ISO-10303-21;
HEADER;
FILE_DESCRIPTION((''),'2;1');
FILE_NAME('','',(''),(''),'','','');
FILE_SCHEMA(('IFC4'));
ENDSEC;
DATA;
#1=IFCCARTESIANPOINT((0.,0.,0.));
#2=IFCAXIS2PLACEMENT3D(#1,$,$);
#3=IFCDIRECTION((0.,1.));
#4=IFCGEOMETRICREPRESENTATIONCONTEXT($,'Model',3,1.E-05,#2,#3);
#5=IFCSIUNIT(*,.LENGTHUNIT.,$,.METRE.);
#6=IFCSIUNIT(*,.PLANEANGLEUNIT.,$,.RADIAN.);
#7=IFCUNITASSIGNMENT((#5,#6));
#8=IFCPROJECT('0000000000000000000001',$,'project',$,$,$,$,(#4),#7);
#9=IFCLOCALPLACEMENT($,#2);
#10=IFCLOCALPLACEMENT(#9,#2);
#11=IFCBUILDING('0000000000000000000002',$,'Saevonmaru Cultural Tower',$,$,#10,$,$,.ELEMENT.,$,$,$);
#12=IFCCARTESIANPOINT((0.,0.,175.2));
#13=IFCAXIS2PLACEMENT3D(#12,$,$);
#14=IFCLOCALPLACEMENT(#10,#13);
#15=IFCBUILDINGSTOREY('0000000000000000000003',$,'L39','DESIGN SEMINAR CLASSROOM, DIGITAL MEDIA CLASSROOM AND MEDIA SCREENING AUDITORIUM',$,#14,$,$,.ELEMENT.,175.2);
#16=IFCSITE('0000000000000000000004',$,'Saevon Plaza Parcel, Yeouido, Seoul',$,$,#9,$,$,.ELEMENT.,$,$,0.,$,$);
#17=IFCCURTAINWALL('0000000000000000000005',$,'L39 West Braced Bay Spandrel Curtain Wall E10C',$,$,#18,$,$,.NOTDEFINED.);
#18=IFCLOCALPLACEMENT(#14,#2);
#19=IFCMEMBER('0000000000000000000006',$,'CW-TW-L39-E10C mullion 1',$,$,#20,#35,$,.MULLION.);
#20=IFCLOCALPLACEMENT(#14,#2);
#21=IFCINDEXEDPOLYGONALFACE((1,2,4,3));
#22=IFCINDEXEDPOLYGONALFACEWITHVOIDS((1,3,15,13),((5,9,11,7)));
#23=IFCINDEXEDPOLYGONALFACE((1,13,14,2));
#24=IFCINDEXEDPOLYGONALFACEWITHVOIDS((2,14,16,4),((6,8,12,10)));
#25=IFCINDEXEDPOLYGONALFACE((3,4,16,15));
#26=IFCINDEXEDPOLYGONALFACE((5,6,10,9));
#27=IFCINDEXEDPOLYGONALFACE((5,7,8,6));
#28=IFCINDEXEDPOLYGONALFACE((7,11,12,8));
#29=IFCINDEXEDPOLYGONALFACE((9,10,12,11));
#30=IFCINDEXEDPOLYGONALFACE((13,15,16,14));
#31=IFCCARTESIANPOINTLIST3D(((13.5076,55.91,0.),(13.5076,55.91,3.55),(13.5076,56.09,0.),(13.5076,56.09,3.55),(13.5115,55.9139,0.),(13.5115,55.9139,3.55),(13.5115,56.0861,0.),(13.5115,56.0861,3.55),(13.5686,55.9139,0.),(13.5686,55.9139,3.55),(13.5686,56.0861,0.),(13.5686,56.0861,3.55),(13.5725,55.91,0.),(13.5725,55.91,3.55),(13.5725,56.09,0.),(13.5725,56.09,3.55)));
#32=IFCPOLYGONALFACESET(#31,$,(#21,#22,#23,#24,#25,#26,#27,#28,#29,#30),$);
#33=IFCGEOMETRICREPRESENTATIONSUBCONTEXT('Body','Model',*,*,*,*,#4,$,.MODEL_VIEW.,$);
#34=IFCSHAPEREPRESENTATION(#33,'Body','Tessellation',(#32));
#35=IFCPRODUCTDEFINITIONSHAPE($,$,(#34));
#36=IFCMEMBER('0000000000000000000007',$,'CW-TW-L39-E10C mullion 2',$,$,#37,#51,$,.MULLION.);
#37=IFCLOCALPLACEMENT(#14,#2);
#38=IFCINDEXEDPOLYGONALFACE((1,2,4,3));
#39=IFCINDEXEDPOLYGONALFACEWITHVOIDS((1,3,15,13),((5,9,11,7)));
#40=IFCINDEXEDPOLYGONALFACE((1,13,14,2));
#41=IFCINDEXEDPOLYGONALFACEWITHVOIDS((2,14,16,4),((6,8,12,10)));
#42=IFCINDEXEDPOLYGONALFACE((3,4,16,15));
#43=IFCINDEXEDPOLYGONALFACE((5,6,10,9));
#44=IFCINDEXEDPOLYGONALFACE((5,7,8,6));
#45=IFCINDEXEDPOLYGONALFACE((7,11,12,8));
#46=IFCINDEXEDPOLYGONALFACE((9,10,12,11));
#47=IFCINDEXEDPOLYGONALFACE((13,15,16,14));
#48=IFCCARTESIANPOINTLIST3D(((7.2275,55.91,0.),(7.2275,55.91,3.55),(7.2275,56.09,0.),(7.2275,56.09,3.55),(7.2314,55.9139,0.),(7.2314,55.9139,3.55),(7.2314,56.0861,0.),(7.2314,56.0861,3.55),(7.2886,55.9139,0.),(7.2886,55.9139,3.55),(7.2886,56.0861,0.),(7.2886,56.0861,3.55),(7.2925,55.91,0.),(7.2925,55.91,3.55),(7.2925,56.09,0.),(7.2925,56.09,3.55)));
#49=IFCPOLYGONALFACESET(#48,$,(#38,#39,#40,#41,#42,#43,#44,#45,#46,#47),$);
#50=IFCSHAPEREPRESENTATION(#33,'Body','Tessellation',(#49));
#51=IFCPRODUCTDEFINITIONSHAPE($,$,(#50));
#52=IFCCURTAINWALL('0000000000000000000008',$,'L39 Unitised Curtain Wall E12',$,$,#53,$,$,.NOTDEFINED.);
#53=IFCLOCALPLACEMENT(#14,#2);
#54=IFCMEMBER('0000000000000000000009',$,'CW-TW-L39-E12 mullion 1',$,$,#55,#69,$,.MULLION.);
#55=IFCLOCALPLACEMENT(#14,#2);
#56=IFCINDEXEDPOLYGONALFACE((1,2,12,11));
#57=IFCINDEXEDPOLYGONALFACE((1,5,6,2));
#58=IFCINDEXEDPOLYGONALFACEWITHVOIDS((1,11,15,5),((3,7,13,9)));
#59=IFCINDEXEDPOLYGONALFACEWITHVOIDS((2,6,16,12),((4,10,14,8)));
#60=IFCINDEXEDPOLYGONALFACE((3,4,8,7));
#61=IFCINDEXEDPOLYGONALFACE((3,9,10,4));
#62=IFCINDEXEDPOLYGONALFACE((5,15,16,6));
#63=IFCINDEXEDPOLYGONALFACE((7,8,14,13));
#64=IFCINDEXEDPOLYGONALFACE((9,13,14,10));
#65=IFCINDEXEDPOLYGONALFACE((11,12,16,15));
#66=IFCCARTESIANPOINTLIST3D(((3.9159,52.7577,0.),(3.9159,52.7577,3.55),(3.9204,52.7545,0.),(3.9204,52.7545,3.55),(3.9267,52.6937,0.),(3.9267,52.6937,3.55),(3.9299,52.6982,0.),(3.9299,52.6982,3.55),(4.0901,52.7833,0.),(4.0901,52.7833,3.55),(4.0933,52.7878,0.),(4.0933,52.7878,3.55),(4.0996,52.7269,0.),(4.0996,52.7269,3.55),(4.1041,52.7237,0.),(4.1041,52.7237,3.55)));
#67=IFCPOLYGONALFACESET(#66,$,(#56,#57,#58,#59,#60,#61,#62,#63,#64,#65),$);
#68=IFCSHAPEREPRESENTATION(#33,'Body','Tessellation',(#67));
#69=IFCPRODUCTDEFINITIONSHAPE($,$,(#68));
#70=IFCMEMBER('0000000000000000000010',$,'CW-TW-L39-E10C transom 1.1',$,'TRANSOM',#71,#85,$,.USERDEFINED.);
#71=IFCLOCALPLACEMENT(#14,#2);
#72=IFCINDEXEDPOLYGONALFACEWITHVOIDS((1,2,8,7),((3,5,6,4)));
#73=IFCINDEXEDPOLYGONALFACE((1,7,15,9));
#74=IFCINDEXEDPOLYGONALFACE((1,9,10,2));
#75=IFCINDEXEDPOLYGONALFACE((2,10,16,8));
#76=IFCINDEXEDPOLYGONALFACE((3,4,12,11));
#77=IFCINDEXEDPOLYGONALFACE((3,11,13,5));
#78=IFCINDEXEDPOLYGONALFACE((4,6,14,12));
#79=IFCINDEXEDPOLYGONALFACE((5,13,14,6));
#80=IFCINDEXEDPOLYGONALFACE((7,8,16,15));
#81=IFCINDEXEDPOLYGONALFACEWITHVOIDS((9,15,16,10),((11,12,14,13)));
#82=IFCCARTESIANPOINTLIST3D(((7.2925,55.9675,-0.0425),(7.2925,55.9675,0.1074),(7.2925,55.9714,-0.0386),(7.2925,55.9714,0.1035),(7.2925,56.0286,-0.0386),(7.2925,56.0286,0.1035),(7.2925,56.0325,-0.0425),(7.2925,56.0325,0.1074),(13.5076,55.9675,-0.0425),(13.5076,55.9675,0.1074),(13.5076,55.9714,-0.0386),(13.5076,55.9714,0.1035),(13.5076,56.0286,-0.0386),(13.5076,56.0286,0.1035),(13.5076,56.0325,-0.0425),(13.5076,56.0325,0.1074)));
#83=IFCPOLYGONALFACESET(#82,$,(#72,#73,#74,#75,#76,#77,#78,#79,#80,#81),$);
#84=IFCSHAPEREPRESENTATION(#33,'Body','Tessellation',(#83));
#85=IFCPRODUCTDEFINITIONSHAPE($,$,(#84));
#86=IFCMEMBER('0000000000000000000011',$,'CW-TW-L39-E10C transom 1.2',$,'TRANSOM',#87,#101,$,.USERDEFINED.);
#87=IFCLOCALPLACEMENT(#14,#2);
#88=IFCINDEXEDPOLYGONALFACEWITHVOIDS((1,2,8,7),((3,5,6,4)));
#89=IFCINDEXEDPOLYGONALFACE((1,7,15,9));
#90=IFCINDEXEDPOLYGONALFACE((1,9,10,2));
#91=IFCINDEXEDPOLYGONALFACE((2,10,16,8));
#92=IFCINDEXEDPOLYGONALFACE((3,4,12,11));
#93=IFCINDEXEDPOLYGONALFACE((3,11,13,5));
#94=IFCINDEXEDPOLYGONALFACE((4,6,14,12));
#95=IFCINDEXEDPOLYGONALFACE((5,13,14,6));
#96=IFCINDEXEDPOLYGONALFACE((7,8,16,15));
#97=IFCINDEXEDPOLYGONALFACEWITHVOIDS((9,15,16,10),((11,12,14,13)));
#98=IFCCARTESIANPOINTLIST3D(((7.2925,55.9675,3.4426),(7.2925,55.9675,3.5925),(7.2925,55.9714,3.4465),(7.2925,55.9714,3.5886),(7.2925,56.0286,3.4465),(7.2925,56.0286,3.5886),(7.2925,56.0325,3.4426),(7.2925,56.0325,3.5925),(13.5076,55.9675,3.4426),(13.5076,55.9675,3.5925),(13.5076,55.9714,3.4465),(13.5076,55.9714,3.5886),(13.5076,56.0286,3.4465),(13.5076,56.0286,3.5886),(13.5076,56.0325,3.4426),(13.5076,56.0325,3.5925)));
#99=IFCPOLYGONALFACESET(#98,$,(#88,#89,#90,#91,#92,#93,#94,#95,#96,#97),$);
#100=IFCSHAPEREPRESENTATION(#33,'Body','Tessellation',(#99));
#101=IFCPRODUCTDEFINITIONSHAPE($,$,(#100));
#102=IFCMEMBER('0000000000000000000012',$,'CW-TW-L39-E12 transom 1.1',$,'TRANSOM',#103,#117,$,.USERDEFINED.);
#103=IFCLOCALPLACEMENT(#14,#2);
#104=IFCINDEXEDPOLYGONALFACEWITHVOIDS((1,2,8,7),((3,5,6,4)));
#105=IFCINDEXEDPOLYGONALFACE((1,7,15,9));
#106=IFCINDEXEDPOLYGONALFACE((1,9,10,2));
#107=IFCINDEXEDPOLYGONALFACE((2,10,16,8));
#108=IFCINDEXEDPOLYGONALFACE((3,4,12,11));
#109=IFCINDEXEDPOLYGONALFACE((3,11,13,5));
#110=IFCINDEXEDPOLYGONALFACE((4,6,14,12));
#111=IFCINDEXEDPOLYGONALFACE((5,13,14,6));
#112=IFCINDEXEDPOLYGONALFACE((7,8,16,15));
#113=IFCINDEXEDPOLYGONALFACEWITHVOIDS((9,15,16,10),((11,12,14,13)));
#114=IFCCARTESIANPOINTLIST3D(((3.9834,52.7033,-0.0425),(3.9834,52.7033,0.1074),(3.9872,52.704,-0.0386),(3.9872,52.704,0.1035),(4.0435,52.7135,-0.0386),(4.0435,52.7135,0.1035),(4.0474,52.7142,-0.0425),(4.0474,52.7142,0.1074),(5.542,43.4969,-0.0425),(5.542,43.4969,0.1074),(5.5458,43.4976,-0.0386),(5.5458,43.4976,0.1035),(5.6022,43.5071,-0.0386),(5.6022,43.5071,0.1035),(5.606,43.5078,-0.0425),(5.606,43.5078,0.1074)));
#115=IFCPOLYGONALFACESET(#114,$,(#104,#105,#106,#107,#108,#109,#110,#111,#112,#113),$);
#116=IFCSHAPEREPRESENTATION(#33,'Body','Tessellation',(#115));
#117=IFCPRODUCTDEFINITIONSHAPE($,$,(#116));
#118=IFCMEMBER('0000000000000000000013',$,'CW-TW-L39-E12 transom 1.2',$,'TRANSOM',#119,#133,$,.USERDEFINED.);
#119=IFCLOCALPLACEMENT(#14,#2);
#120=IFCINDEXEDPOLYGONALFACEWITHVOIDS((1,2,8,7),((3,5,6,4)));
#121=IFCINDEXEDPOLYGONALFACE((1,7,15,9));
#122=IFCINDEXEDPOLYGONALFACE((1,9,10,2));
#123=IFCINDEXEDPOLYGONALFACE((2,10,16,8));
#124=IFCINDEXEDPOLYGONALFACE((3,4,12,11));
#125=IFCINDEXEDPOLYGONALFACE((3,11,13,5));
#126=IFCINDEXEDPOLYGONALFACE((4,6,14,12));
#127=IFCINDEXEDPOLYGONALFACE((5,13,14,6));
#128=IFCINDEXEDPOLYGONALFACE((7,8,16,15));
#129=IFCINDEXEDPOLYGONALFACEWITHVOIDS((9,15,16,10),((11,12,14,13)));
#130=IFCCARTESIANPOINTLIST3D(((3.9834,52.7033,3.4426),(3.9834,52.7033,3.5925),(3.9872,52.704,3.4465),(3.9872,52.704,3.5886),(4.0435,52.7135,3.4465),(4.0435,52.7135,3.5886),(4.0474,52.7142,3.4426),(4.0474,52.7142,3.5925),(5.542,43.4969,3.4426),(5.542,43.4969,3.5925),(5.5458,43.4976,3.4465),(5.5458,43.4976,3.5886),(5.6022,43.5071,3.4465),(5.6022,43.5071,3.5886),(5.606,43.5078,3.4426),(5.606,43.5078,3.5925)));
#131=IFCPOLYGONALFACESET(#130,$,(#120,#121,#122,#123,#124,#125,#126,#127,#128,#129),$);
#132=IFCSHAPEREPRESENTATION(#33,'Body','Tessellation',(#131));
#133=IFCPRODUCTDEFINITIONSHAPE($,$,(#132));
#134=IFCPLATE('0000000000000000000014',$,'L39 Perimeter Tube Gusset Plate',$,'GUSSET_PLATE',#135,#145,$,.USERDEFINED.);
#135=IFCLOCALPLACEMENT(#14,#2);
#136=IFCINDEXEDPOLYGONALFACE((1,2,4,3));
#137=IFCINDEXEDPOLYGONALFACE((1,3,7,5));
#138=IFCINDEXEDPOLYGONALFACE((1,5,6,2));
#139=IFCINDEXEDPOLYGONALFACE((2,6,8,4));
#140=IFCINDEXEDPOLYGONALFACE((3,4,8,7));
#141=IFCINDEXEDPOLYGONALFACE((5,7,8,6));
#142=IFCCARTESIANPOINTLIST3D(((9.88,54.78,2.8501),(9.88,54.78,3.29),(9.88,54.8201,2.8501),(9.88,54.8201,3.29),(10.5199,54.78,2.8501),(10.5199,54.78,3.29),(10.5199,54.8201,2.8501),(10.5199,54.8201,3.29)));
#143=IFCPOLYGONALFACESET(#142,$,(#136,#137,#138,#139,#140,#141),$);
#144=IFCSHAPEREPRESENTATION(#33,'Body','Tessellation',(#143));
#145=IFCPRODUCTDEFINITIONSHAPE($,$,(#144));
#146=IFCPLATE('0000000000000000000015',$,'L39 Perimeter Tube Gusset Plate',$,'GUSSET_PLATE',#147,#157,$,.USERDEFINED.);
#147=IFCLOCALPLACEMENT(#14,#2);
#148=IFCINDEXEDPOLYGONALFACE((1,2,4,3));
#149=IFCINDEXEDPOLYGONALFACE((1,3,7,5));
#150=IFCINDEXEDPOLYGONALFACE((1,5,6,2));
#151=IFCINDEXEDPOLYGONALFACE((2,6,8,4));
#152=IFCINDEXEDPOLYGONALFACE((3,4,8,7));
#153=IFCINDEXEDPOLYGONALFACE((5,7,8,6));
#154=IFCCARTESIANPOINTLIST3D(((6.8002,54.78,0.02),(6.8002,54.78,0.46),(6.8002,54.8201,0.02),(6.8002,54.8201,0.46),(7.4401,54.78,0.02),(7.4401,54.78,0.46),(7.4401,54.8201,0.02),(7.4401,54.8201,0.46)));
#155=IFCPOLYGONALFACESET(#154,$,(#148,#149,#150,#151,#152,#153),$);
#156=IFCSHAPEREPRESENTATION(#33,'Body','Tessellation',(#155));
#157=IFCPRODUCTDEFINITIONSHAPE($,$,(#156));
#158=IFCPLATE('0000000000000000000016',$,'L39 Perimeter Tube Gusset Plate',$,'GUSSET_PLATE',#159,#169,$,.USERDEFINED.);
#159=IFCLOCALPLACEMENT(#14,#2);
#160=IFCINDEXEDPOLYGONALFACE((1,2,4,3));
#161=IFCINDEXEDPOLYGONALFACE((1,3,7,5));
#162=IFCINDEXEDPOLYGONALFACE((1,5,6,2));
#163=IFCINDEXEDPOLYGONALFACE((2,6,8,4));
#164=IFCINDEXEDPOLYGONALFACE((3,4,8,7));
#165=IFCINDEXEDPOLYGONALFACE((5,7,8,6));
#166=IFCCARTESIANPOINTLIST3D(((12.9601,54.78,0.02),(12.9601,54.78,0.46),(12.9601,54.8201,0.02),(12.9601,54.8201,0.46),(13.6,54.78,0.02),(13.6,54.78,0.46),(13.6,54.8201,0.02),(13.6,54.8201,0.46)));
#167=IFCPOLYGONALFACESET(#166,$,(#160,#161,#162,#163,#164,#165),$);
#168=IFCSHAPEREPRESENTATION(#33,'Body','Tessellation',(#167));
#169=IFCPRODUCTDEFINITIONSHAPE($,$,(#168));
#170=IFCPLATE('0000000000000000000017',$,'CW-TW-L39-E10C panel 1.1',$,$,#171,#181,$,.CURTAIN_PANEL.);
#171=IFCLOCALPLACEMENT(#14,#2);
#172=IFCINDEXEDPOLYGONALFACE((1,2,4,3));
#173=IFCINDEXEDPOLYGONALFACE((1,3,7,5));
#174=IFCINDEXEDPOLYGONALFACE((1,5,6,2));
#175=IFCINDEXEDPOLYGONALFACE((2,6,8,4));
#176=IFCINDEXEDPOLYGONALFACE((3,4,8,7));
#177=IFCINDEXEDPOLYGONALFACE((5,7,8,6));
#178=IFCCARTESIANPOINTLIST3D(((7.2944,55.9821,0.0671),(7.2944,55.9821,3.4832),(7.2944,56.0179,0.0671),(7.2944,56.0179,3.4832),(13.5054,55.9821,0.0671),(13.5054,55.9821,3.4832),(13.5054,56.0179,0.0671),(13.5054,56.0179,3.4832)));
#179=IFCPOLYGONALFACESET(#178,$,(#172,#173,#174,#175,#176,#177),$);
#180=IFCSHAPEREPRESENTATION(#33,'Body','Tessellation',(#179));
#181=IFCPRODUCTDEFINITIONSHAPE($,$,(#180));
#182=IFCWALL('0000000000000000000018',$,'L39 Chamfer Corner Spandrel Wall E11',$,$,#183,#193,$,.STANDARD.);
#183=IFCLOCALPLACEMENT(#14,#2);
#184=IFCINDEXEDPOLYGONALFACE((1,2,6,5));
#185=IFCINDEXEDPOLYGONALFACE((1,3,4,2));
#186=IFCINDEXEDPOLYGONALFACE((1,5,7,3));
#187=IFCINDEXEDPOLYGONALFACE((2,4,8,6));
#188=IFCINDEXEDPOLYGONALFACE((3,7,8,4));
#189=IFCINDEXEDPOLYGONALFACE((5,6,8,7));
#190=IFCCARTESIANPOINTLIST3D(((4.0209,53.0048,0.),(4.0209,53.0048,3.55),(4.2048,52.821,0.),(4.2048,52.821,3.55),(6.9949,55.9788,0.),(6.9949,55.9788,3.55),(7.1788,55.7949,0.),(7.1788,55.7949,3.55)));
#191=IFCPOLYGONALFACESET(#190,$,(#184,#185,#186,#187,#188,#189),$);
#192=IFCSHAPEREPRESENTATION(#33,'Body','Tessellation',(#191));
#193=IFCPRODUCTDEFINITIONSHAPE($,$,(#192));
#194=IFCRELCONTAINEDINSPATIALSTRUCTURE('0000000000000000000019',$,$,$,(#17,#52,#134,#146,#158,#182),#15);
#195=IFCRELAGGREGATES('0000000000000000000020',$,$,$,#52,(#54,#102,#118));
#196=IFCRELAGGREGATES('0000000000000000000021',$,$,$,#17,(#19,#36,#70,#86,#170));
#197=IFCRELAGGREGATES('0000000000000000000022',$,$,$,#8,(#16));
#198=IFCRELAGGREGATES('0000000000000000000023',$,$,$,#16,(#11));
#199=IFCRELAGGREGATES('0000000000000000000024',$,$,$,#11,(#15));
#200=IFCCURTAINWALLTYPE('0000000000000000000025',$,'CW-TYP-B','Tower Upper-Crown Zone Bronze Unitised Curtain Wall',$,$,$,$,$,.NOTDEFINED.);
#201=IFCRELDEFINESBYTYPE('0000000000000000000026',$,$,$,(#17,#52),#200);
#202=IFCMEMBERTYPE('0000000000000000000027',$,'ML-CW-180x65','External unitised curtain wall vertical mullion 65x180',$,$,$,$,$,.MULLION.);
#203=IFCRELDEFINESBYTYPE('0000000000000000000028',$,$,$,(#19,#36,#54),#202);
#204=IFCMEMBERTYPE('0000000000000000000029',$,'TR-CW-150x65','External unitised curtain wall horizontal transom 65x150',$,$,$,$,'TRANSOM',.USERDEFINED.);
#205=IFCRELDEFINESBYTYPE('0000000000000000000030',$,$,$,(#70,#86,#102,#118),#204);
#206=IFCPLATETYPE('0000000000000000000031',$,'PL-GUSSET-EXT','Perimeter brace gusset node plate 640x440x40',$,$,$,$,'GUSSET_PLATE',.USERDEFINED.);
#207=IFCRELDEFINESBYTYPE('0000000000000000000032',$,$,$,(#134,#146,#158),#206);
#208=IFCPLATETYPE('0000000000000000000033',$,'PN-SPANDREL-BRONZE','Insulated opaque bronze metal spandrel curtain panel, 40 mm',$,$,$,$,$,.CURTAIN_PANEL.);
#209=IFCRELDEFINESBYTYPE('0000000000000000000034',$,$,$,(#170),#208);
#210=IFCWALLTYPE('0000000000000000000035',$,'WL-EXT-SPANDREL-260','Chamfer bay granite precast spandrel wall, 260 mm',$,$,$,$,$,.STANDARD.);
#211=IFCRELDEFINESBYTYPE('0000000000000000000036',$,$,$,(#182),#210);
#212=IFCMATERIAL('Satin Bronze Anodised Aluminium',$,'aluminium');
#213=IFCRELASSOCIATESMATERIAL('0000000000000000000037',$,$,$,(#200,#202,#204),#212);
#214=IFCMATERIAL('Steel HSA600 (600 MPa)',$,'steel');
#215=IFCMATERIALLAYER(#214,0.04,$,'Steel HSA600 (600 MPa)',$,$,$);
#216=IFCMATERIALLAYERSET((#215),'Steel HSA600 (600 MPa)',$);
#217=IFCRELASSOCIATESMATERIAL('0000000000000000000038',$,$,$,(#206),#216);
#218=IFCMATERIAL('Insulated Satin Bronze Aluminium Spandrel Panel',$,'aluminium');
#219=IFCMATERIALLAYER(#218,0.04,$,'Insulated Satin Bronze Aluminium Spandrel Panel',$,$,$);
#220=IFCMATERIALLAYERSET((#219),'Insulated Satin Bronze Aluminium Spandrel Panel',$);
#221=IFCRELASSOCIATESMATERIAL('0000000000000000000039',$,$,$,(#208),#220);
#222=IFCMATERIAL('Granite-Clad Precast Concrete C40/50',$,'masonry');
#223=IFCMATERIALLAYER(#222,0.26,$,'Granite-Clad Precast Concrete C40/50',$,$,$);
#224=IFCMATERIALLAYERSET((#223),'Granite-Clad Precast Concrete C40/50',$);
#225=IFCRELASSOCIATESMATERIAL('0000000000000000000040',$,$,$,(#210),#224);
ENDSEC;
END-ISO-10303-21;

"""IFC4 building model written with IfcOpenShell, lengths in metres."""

from ifc_helpers import new_model, si_unit, direction, frame, frame_2d, origin, origin_2d, place, context, subcontext, project, spatial, rectangle, hollow_rectangle, extrude, material, layer, layer_set, material_profile, profile_set, type_object, element, aggregate, save


model = new_model("IFC4")

# Units and contexts
model_context = context("Model", 3, precision=1e-05, world=origin(), true_north=direction((0.0, 1.0)))
body_context = subcontext(model_context, "Body", "Model", "MODEL_VIEW")
ifc_project = project(units=[si_unit("LENGTHUNIT", "METRE"), si_unit("PLANEANGLEUNIT", "RADIAN")], contexts=[model_context])

# Site, building, storey
site_placement = place(None, origin())
site = spatial("IfcSite", under=ifc_project, at=site_placement, Name="Saevon Plaza Parcel, Yeouido, Seoul", CompositionType="ELEMENT", RefElevation=0.0)
building_placement = place(site_placement, origin())
building = spatial("IfcBuilding", under=site, at=building_placement, Name="Saevonmaru Cultural Tower", CompositionType="ELEMENT")
storey_placement = place(building_placement, frame((0.0, 0.0, 175.2)))
storey = spatial("IfcBuildingStorey", under=building, at=storey_placement, Name="L39", Description="DESIGN SEMINAR CLASSROOM, DIGITAL MEDIA CLASSROOM AND MEDIA SCREENING AUDITORIUM", CompositionType="ELEMENT", Elevation=175.2)

# Curtain wall, members
ifc_material_1 = material(Name="Satin Bronze Anodised Aluminium", Category="aluminium")
curtain_wall_type = type_object("IfcCurtainWallType", Name="CW-TYP-B", Description="Tower Upper-Crown Zone Bronze Unitised Curtain Wall", PredefinedType="NOTDEFINED", material=ifc_material_1)
curtain_wall_1_placement = place(storey_placement, origin())
curtain_wall_1 = element("IfcCurtainWall", 1, at=curtain_wall_1_placement, inside=storey, type_object=curtain_wall_type, Name="L39 West Braced Bay Spandrel Curtain Wall E10C", PredefinedType="NOTDEFINED")
ifc_material_profile_1 = material_profile(ifc_material_1, hollow_rectangle(XDim=0.0649, YDim=0.1799, WallThickness=0.0039, at=origin_2d()), Name="ALU-MULL-180x65x4")
ifc_profile_set_1 = profile_set([ifc_material_profile_1], Name="Satin Bronze Anodised Aluminium")
member_type_1 = type_object("IfcMemberType", Name="ML-CW-180x65", Description="External unitised curtain wall vertical mullion 65x180", PredefinedType="MULLION", material=ifc_profile_set_1)
member_1_placement = place(storey_placement, frame((13.54, 56.0, 0.0), z_axis=(0.0, 0.0, 1.0), x_axis=(-1.0, 0.0, 0.0)))
member_1 = element("IfcMember", 2, at=member_1_placement, type_object=member_type_1, Name="CW-TW-L39-E10C mullion 1", PredefinedType="MULLION", context=body_context, shape_type="SweptSolid", body=[
    extrude(hollow_rectangle(XDim=0.0649, YDim=0.1799, WallThickness=0.0039, at=origin_2d()), origin(), (0.0, 0.0, 1.0), 3.55),
])
member_2_placement = place(storey_placement, frame((7.26, 56.0, 0.0), z_axis=(0.0, 0.0, 1.0), x_axis=(-1.0, 0.0, 0.0)))
member_2 = element("IfcMember", 3, at=member_2_placement, type_object=member_type_1, Name="CW-TW-L39-E10C mullion 2", PredefinedType="MULLION", context=body_context, shape_type="SweptSolid", body=[
    extrude(hollow_rectangle(XDim=0.0649, YDim=0.1799, WallThickness=0.0039, at=origin_2d()), origin(), (0.0, 0.0, 1.0), 3.55),
])

# Curtain wall, member
curtain_wall_2_placement = place(storey_placement, origin())
curtain_wall_2 = element("IfcCurtainWall", 4, at=curtain_wall_2_placement, inside=storey, type_object=curtain_wall_type, Name="L39 Unitised Curtain Wall E12", PredefinedType="NOTDEFINED")
member_3_placement = place(storey_placement, frame((4.01, 52.7407, 0.0), z_axis=(0.0, 0.0, 1.0), x_axis=(0.166922, -0.98597, 0.0)))
member_3 = element("IfcMember", 5, at=member_3_placement, type_object=member_type_1, Name="CW-TW-L39-E12 mullion 1", PredefinedType="MULLION", context=body_context, shape_type="SweptSolid", body=[
    extrude(hollow_rectangle(XDim=0.0649, YDim=0.1799, WallThickness=0.0039, at=origin_2d()), origin(), (0.0, 0.0, 1.0), 3.55),
])

# Members
ifc_material_profile_2 = material_profile(ifc_material_1, hollow_rectangle(XDim=0.0649, YDim=0.1499, WallThickness=0.0039, at=origin_2d()), Name="ALU-TRAN-150x65x4")
ifc_profile_set_2 = profile_set([ifc_material_profile_2], Name="Satin Bronze Anodised Aluminium")
member_type_2 = type_object("IfcMemberType", Name="TR-CW-150x65", Description="External unitised curtain wall horizontal transom 65x150", ElementType="TRANSOM", PredefinedType="USERDEFINED", material=ifc_profile_set_2)
member_4_placement = place(storey_placement, frame((13.5076, 56.0, 0.0325), z_axis=(-1.0, 0.0, 0.0), x_axis=(0.0, -1.0, 0.0)))
member_4 = element("IfcMember", 6, at=member_4_placement, type_object=member_type_2, Name="CW-TW-L39-E10C transom 1.1", ObjectType="TRANSOM", PredefinedType="USERDEFINED", context=body_context, shape_type="SweptSolid", body=[
    extrude(hollow_rectangle(XDim=0.0649, YDim=0.1499, WallThickness=0.0039, at=origin_2d()), origin(), (0.0, 0.0, 1.0), 6.2151),
])
member_5_placement = place(storey_placement, frame((13.5076, 56.0, 3.5176), z_axis=(-1.0, 0.0, 0.0), x_axis=(0.0, -1.0, 0.0)))
member_5 = element("IfcMember", 7, at=member_5_placement, type_object=member_type_2, Name="CW-TW-L39-E10C transom 1.2", ObjectType="TRANSOM", PredefinedType="USERDEFINED", context=body_context, shape_type="SweptSolid", body=[
    extrude(hollow_rectangle(XDim=0.0649, YDim=0.1499, WallThickness=0.0039, at=origin_2d()), origin(), (0.0, 0.0, 1.0), 6.2151),
])
member_6_placement = place(storey_placement, frame((4.0154, 52.7087, 0.0325), z_axis=(0.166921, -0.98597, 0.0), x_axis=(0.98597, 0.166921, 0.0)))
member_6 = element("IfcMember", 8, at=member_6_placement, type_object=member_type_2, Name="CW-TW-L39-E12 transom 1.1", ObjectType="TRANSOM", PredefinedType="USERDEFINED", context=body_context, shape_type="SweptSolid", body=[
    extrude(hollow_rectangle(XDim=0.0649, YDim=0.1499, WallThickness=0.0039, at=origin_2d()), origin(), (0.0, 0.0, 1.0), 9.3374),
])
member_7_placement = place(storey_placement, frame((4.0154, 52.7087, 3.5176), z_axis=(0.166921, -0.98597, 0.0), x_axis=(0.98597, 0.166921, 0.0)))
member_7 = element("IfcMember", 9, at=member_7_placement, type_object=member_type_2, Name="CW-TW-L39-E12 transom 1.2", ObjectType="TRANSOM", PredefinedType="USERDEFINED", context=body_context, shape_type="SweptSolid", body=[
    extrude(hollow_rectangle(XDim=0.0649, YDim=0.1499, WallThickness=0.0039, at=origin_2d()), origin(), (0.0, 0.0, 1.0), 9.3374),
])
aggregate(curtain_wall_2, [member_3, member_6, member_7])

# Plates
ifc_material_2 = material(Name="Steel HSA600 (600 MPa)", Category="steel")
ifc_layer_1 = layer(ifc_material_2, 0.04, Name="Steel HSA600 (600 MPa)")
ifc_layer_set_1 = layer_set([ifc_layer_1], Name="Steel HSA600 (600 MPa)")
plate_type_1 = type_object("IfcPlateType", Name="PL-GUSSET-EXT", Description="Perimeter brace gusset node plate 640x440x40", ElementType="GUSSET_PLATE", PredefinedType="USERDEFINED", material=ifc_layer_set_1)
for number, where, z_axis, x_axis, name in (
    (10, (10.2, 54.8, 2.8501), (0.0, 0.0, 1.0), (1.0, 0.0, 0.0), "L39 Perimeter Tube Gusset Plate"),
    (11, (7.1201, 54.8, 0.02), (0.0, 0.0, 1.0), (1.0, 0.0, 0.0), "L39 Perimeter Tube Gusset Plate"),
    (12, (13.28, 54.8, 0.02), (0.0, 0.0, 1.0), (1.0, 0.0, 0.0), "L39 Perimeter Tube Gusset Plate"),
):
    element("IfcPlate", number, at=place(storey_placement, frame(where, z_axis=z_axis, x_axis=x_axis)), inside=storey, type_object=plate_type_1, Name=name, ObjectType="GUSSET_PLATE", PredefinedType="USERDEFINED", context=body_context, shape_type="SweptSolid", body=[
        extrude(rectangle(XDim=0.6399, YDim=0.04, at=origin_2d()), origin(), (0.0, 0.0, 1.0), 0.4399),
    ])

# Plate
ifc_material_3 = material(Name="Insulated Satin Bronze Aluminium Spandrel Panel", Category="aluminium")
ifc_layer_2 = layer(ifc_material_3, 0.04, Name="Insulated Satin Bronze Aluminium Spandrel Panel")
ifc_layer_set_2 = layer_set([ifc_layer_2], Name="Insulated Satin Bronze Aluminium Spandrel Panel")
plate_type_2 = type_object("IfcPlateType", Name="PN-SPANDREL-BRONZE", Description="Insulated opaque bronze metal spandrel curtain panel, 40 mm", PredefinedType="CURTAIN_PANEL", material=ifc_layer_set_2)
plate_placement = place(storey_placement, frame((10.3999, 56.0, 0.0671), z_axis=(0.0, 0.0, 1.0), x_axis=(-1.0, 0.0, 0.0)))
plate = element("IfcPlate", 13, at=plate_placement, type_object=plate_type_2, Name="CW-TW-L39-E10C panel 1.1", PredefinedType="CURTAIN_PANEL", context=body_context, shape_type="SweptSolid", body=[
    extrude(rectangle(XDim=6.2109, YDim=0.0359, at=origin_2d()), origin(), (0.0, 0.0, 1.0), 3.416),
])
aggregate(curtain_wall_1, [member_1, member_2, member_4, member_5, plate])

# Wall
ifc_material_4 = material(Name="Granite-Clad Precast Concrete C40/50", Category="masonry")
ifc_layer_3 = layer(ifc_material_4, 0.26, Name="Granite-Clad Precast Concrete C40/50")
ifc_layer_set_3 = layer_set([ifc_layer_3], Name="Granite-Clad Precast Concrete C40/50")
wall_type_1 = type_object("IfcWallType", Name="WL-EXT-SPANDREL-260", Description="Chamfer bay granite precast spandrel wall, 260 mm", PredefinedType="STANDARD", material=ifc_layer_set_3)
wall_1_placement = place(storey_placement, frame((7.0869, 55.887, 0.0), z_axis=(0.0, 0.0, 1.0), x_axis=(-0.707107, -0.707107, 0.0)))
element("IfcWall", 14, at=wall_1_placement, inside=storey, type_object=wall_type_1, Name="L39 Chamfer Corner Spandrel Wall E11", PredefinedType="STANDARD", context=body_context, shape_type="SweptSolid", body=[
    extrude(rectangle(XDim=4.2058, YDim=0.26, at=frame_2d((2.103, 0.0))), origin(), (0.0, 0.0, 1.0), 3.55),
])

save(model, "model.ifc")
